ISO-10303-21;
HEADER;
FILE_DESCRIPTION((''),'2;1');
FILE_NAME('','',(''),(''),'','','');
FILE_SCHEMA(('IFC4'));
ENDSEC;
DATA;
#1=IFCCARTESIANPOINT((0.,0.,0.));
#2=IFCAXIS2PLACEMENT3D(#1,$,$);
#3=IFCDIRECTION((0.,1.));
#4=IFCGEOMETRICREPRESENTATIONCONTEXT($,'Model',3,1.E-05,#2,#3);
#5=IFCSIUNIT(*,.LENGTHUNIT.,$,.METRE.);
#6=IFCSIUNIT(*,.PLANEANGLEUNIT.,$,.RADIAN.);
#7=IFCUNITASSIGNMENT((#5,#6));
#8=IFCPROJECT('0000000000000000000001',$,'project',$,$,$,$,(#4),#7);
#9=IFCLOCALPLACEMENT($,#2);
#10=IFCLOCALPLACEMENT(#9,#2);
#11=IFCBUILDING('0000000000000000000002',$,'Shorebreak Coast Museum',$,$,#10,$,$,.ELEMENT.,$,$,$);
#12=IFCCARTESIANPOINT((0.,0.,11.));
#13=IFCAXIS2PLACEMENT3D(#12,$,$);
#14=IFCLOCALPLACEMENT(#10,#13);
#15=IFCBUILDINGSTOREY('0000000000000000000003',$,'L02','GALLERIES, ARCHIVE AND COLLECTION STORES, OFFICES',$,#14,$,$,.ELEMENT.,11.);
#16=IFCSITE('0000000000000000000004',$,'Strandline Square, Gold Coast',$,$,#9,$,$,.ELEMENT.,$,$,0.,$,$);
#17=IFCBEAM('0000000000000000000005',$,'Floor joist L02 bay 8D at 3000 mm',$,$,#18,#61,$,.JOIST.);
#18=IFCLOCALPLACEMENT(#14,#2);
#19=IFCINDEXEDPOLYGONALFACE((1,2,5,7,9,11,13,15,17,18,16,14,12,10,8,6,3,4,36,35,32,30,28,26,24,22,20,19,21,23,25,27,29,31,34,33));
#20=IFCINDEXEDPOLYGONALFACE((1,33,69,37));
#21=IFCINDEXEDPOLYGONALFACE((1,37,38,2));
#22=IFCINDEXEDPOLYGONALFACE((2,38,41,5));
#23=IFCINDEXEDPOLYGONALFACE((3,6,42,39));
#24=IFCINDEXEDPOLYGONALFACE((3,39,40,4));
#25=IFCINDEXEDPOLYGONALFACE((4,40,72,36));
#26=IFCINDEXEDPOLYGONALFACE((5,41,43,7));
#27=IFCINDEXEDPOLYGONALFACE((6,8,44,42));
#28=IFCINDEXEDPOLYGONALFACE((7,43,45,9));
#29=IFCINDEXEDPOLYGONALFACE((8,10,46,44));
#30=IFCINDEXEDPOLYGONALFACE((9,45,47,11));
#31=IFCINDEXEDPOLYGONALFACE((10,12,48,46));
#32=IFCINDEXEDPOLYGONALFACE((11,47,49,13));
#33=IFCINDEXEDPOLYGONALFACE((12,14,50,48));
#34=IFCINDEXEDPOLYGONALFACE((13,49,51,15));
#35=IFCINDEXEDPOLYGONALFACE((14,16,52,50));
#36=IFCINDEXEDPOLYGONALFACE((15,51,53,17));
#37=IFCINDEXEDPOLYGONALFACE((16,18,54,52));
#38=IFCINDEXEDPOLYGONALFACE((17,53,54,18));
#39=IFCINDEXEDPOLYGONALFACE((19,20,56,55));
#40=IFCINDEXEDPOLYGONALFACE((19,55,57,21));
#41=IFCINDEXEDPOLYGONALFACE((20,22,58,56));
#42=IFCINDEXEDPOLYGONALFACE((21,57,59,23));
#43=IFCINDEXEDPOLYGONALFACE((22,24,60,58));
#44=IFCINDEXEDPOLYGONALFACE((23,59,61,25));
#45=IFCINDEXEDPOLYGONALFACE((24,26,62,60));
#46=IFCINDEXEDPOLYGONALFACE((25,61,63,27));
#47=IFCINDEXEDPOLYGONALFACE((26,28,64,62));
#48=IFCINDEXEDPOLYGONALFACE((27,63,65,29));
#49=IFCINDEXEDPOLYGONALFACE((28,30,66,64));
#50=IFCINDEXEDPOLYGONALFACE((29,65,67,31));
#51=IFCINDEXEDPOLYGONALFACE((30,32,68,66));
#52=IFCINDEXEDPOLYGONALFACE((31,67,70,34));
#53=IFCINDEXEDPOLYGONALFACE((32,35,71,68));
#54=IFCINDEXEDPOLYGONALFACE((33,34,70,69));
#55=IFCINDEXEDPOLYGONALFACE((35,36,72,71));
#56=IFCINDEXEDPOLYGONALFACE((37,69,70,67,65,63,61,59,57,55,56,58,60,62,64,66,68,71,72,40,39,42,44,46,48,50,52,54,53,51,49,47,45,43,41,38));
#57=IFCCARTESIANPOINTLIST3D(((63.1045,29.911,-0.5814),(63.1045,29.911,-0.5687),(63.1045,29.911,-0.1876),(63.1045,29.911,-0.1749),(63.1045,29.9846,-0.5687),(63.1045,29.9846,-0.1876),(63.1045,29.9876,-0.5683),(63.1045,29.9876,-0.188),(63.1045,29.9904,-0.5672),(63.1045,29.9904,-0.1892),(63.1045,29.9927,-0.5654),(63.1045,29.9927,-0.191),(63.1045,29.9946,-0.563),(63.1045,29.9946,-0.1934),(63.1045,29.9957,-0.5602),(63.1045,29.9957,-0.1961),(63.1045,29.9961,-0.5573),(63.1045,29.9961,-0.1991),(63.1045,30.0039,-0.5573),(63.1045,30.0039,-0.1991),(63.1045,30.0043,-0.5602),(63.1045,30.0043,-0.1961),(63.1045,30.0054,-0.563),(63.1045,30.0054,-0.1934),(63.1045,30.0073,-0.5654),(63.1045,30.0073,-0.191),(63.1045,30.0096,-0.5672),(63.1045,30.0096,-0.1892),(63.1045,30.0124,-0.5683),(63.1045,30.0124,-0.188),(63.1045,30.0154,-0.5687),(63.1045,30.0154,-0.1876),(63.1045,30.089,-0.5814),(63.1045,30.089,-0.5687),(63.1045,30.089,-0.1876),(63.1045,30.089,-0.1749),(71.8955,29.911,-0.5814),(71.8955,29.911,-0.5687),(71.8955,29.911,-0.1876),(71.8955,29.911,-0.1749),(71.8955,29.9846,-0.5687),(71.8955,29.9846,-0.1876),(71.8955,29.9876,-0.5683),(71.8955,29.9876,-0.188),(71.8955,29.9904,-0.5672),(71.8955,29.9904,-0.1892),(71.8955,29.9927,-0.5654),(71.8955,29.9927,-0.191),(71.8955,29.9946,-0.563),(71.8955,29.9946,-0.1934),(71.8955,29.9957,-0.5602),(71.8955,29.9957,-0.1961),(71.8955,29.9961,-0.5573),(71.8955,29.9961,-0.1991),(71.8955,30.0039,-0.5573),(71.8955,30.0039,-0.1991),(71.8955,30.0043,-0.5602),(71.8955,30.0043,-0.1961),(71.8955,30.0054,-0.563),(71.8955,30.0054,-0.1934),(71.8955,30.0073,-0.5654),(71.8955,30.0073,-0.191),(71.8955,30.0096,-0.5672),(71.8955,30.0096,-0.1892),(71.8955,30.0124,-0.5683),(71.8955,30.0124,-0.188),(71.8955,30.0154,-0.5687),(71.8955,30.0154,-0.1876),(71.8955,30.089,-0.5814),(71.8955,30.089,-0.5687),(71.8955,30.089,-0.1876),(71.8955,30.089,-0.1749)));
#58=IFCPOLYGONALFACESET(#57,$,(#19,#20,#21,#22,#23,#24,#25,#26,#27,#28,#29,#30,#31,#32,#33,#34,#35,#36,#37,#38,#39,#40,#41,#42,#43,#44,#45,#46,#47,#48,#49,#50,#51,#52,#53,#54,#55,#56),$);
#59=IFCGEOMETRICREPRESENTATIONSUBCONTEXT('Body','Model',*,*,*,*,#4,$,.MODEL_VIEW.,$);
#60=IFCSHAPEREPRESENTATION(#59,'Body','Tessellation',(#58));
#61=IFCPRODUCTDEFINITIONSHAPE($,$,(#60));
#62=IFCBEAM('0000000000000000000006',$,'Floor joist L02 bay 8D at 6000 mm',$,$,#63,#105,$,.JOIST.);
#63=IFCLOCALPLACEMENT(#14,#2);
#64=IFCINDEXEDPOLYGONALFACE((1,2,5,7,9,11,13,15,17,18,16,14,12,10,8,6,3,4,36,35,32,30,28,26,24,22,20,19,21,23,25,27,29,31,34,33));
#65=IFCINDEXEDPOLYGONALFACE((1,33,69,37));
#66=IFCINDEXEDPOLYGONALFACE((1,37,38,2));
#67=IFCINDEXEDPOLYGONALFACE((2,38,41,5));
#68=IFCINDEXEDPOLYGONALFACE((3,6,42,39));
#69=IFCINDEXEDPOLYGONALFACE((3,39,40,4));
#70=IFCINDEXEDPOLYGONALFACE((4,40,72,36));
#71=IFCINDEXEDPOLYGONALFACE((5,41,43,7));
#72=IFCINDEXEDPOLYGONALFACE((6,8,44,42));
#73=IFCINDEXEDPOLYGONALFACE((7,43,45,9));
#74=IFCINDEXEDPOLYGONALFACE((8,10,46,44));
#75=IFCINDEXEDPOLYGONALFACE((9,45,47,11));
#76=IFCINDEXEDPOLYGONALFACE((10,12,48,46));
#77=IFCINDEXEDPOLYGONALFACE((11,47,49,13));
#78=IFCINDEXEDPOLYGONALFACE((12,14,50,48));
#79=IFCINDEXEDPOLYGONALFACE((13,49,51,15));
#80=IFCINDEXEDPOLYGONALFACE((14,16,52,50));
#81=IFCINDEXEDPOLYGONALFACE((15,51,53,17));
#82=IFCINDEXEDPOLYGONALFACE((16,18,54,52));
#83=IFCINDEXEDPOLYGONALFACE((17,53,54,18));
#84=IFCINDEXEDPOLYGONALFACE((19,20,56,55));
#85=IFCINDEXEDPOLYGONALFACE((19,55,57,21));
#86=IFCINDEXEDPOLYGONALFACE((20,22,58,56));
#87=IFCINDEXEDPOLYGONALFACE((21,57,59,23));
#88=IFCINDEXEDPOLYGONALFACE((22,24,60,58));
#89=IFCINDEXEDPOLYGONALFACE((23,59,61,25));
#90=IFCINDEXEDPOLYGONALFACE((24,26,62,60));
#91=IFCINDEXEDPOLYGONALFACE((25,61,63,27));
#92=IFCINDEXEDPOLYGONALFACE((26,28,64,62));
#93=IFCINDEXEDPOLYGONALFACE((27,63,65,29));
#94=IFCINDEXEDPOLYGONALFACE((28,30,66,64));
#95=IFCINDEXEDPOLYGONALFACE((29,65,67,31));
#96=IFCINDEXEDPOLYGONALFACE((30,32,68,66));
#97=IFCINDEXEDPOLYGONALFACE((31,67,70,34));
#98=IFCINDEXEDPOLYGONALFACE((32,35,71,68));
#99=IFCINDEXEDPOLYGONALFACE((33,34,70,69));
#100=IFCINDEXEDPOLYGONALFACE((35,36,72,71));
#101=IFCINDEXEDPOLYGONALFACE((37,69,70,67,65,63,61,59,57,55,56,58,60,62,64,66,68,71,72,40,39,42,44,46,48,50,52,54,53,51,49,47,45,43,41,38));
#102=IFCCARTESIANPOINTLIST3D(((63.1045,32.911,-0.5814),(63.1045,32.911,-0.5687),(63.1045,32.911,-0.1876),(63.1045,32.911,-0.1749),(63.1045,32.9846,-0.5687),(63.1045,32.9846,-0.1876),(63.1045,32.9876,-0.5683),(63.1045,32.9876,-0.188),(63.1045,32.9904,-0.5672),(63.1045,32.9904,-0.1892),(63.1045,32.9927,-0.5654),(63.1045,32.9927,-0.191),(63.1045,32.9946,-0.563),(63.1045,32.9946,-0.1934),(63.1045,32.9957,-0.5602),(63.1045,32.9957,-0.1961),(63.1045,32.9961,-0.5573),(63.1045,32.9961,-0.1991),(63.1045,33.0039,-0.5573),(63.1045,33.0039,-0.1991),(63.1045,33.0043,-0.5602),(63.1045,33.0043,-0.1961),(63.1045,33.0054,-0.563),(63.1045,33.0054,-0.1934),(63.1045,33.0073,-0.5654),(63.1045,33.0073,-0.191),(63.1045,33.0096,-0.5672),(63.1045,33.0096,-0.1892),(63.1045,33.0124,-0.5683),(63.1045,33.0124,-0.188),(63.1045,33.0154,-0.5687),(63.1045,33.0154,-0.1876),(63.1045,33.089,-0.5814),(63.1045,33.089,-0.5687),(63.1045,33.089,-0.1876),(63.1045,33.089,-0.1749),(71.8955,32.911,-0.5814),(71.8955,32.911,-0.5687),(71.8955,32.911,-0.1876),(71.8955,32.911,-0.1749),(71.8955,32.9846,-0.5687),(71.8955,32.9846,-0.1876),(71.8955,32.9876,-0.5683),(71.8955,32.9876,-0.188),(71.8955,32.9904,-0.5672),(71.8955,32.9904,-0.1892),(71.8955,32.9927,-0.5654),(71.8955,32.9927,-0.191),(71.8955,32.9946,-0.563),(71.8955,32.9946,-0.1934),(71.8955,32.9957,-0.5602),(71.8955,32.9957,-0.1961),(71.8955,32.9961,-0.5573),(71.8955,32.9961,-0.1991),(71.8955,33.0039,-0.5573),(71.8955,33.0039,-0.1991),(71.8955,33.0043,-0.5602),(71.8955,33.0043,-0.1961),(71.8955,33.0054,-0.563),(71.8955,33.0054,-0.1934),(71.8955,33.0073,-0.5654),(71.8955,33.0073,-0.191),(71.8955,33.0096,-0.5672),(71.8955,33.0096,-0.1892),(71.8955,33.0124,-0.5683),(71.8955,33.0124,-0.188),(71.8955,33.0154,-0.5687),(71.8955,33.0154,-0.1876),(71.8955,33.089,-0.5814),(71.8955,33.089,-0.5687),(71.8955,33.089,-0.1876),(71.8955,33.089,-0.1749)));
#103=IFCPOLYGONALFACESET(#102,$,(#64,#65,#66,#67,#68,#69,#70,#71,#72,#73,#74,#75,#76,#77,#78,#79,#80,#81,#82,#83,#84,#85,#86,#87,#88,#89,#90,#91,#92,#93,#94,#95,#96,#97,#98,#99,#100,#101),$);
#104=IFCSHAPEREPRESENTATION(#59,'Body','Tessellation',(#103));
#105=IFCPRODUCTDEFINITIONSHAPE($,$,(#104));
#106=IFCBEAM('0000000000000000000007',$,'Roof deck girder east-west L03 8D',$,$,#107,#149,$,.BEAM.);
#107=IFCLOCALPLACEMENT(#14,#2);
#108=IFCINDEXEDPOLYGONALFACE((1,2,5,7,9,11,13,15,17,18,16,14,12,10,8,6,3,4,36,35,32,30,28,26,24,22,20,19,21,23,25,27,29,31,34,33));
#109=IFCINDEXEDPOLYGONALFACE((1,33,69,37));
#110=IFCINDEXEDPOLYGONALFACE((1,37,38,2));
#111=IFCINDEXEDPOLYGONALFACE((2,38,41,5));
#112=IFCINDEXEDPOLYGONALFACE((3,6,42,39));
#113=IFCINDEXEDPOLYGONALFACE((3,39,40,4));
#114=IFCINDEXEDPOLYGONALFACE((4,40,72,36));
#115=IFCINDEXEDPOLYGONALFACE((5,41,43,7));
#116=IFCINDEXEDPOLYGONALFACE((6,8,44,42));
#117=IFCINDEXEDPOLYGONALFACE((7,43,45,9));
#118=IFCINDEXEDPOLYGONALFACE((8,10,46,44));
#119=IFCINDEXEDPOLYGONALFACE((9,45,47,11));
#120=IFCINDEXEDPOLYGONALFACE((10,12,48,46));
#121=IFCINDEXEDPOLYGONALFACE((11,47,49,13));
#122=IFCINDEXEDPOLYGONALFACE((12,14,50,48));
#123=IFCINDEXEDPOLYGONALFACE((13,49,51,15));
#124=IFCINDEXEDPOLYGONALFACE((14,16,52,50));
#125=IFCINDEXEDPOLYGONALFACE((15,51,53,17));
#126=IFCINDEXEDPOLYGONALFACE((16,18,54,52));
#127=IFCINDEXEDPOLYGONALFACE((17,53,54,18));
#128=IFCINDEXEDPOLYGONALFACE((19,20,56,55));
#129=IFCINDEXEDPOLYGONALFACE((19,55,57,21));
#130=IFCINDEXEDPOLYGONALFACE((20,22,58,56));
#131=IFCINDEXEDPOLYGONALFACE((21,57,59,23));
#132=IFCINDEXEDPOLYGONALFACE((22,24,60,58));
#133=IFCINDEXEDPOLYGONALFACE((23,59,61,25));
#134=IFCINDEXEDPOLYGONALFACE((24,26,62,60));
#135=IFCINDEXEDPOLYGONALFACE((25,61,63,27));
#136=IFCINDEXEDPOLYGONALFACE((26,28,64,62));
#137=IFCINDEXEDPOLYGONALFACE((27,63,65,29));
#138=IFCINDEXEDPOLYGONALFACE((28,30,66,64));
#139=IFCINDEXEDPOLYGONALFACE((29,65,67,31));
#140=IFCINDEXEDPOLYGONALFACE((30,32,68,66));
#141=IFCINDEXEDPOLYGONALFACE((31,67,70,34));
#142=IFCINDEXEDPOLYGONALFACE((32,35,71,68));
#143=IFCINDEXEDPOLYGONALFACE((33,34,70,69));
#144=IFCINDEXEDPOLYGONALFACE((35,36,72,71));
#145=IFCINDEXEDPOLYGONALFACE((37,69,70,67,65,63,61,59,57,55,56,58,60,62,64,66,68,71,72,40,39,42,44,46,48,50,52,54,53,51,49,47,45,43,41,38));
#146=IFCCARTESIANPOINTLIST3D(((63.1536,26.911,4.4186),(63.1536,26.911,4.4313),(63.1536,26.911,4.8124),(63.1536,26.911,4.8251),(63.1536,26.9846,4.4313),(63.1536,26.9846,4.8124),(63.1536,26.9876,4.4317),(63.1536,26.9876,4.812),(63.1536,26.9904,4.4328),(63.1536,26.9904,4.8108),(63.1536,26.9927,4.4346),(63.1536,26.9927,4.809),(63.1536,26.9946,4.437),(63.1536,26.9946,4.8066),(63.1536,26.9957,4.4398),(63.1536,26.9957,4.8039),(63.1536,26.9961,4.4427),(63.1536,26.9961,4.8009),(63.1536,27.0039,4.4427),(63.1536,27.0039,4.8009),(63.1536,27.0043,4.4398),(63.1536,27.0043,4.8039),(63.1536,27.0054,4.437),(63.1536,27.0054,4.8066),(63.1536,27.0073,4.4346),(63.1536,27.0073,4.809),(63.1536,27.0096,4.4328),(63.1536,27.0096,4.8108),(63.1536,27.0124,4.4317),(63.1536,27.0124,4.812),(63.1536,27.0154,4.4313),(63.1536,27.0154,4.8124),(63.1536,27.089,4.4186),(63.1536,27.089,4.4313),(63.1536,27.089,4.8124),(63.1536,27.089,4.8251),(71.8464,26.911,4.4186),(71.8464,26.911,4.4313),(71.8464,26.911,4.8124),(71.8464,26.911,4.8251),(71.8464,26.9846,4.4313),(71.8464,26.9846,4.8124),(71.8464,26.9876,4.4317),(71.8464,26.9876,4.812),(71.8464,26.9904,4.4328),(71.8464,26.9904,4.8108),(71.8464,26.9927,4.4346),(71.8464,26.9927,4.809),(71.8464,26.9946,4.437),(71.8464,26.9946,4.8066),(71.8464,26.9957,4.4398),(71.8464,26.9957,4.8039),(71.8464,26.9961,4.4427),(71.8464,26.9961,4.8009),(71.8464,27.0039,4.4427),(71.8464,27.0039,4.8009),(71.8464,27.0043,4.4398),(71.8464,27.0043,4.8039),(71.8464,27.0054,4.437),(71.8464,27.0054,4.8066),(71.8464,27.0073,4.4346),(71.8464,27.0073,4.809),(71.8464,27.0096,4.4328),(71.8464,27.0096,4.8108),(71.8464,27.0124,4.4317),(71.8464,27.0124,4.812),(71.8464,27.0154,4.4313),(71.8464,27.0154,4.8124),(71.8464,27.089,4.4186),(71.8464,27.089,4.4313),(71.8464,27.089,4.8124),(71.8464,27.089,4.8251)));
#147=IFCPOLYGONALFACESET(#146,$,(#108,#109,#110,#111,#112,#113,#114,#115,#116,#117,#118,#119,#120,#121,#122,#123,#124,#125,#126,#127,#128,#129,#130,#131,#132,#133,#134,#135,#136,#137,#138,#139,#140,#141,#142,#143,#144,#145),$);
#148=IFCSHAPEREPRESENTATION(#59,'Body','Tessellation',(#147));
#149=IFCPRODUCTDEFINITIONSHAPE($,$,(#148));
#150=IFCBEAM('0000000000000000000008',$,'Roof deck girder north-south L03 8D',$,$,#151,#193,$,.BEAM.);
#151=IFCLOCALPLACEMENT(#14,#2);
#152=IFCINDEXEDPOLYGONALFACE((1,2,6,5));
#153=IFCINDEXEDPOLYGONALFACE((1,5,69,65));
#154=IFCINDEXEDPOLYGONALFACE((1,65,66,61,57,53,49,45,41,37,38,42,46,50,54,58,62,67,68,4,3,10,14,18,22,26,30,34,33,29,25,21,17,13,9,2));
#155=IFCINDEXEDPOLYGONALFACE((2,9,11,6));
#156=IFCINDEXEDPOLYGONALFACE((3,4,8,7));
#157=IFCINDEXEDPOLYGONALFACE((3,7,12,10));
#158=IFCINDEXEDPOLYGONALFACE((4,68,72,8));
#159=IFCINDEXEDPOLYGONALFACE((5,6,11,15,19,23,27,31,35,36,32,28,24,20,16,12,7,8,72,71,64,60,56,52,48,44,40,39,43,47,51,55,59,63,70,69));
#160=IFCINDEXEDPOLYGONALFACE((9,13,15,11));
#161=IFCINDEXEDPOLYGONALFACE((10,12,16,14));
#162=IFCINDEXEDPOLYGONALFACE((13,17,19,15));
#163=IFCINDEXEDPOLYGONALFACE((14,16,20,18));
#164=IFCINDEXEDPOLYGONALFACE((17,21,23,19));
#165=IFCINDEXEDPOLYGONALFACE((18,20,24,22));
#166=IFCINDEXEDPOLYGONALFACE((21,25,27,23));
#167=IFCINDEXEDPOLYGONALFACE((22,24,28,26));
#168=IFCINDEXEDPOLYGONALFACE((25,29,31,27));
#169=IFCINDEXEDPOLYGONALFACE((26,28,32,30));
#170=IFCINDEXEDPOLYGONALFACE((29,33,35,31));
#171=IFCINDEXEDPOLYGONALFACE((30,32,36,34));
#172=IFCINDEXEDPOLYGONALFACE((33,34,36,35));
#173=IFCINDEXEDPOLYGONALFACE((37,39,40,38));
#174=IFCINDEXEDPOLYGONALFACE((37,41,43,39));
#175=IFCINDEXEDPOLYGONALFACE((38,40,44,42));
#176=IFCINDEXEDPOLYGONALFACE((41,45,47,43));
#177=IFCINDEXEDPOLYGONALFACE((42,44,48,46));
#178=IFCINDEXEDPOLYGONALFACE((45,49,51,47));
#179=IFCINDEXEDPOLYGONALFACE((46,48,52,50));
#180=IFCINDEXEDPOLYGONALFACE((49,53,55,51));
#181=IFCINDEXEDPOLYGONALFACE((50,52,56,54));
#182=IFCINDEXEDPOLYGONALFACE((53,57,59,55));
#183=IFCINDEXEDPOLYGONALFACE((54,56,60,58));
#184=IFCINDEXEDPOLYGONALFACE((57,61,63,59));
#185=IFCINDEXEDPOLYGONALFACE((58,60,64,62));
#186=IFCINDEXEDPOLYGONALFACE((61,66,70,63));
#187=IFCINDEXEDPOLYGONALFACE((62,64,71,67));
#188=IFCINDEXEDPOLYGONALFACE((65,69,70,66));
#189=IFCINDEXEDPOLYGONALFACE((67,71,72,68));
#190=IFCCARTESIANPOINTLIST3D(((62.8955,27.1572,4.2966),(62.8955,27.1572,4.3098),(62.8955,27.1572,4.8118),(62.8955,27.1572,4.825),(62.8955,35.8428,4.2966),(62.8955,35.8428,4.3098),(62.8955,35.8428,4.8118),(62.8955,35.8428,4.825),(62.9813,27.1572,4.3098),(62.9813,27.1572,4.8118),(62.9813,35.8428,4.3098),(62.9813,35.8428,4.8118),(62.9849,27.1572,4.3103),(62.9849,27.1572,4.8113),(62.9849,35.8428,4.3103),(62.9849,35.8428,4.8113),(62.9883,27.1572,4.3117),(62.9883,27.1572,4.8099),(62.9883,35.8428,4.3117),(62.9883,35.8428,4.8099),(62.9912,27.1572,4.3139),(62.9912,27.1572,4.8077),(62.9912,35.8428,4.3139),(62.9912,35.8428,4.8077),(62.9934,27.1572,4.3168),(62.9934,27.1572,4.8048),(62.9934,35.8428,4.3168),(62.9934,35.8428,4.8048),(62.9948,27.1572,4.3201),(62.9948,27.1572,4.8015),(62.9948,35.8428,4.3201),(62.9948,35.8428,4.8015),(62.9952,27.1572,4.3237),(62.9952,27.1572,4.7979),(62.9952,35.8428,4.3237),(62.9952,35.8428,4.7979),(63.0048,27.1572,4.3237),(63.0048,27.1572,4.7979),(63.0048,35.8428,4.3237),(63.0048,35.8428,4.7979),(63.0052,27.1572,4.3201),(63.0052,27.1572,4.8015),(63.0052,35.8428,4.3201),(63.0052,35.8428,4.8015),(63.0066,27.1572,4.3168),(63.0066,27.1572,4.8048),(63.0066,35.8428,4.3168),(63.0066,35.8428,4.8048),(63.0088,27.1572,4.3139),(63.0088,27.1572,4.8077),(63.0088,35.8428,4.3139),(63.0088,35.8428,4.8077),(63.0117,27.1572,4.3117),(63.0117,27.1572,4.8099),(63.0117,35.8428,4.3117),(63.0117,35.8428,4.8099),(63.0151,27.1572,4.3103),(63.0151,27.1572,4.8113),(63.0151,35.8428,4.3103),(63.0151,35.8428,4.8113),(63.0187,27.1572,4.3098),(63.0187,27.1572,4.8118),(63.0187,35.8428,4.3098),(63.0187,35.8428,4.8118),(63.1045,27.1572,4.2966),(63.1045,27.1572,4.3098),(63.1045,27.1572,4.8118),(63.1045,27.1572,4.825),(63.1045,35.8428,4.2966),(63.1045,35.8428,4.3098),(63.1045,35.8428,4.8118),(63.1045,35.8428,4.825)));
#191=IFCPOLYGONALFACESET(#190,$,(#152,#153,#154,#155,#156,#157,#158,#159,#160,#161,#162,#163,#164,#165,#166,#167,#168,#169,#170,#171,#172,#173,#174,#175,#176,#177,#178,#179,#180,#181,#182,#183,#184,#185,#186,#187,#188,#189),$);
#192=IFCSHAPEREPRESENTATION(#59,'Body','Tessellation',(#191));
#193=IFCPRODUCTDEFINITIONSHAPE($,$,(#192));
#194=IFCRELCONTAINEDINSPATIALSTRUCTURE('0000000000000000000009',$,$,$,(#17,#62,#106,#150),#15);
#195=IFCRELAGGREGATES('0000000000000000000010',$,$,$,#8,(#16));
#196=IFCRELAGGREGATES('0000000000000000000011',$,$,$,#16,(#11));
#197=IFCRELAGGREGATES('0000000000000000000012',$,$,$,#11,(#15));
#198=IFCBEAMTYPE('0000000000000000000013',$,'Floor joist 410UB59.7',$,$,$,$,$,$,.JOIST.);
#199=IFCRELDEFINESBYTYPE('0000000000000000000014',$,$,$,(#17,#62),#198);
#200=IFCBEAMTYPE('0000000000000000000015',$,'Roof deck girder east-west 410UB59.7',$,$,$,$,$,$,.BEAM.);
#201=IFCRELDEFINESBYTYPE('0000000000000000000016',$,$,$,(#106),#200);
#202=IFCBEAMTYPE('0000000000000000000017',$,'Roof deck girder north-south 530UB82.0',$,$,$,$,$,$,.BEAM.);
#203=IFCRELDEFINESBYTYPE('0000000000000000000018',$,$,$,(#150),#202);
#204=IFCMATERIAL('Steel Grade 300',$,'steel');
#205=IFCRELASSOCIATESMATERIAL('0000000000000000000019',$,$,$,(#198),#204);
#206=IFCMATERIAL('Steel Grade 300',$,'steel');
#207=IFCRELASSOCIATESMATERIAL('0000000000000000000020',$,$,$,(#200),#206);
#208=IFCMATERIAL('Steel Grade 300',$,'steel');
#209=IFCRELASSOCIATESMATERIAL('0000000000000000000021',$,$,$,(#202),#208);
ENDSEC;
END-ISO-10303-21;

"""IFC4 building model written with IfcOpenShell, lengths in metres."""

from ifc_helpers import new_model, si_unit, direction, frame, origin, origin_2d, place, context, subcontext, project, spatial, i_section, extrude, material, material_profile, profile_set, type_object, element, save


model = new_model("IFC4")

# Units and contexts
model_context = context("Model", 3, precision=1e-05, world=origin(), true_north=direction((0.0, 1.0)))
body_context = subcontext(model_context, "Body", "Model", "MODEL_VIEW")
ifc_project = project(units=[si_unit("LENGTHUNIT", "METRE"), si_unit("PLANEANGLEUNIT", "RADIAN")], contexts=[model_context])

# Site, building, storey
site_placement = place(None, origin())
site = spatial("IfcSite", under=ifc_project, at=site_placement, Name="Strandline Square, Gold Coast", CompositionType="ELEMENT", RefElevation=0.0)
building_placement = place(site_placement, origin())
building = spatial("IfcBuilding", under=site, at=building_placement, Name="Shorebreak Coast Museum", CompositionType="ELEMENT")
storey_placement = place(building_placement, frame((0.0, 0.0, 11.0)))
storey = spatial("IfcBuildingStorey", under=building, at=storey_placement, Name="L02", Description="GALLERIES, ARCHIVE AND COLLECTION STORES, OFFICES", CompositionType="ELEMENT", Elevation=11.0)

# Beams
ifc_material_1 = material(Name="Steel Grade 300", Category="steel")
ifc_material_profile_1 = material_profile(ifc_material_1, i_section(OverallWidth=0.178, OverallDepth=0.4065, WebThickness=0.0078, FlangeThickness=0.0127, FilletRadius=0.0115, at=origin_2d()), Name="410UB59.7")
ifc_profile_set_1 = profile_set([ifc_material_profile_1], Name="Steel Grade 300")
beam_type_1 = type_object("IfcBeamType", Name="Floor joist 410UB59.7", PredefinedType="JOIST", material=ifc_profile_set_1)
for number, where, z_axis, x_axis, name in (
    (1, (63.1045, 30.0, -0.3782), (1.0, 0.0, 0.0), (0.0, 1.0, 0.0), "Floor joist L02 bay 8D at 3000 mm"),
    (2, (63.1045, 33.0, -0.3782), (1.0, 0.0, 0.0), (0.0, 1.0, 0.0), "Floor joist L02 bay 8D at 6000 mm"),
):
    element("IfcBeam", number, at=place(storey_placement, frame(where, z_axis=z_axis, x_axis=x_axis)), inside=storey, type_object=beam_type_1, Name=name, PredefinedType="JOIST", context=body_context, shape_type="SweptSolid", body=[
        extrude(i_section(OverallWidth=0.178, OverallDepth=0.4065, WebThickness=0.0078, FlangeThickness=0.0127, FilletRadius=0.0115, at=origin_2d()), origin(), (0.0, 0.0, 1.0), 8.791),
    ])
ifc_material_2 = material(Name="Steel Grade 300", Category="steel")
ifc_material_profile_2 = material_profile(ifc_material_2, i_section(OverallWidth=0.178, OverallDepth=0.4065, WebThickness=0.0078, FlangeThickness=0.0127, FilletRadius=0.0115, at=origin_2d()), Name="410UB59.7")
ifc_profile_set_2 = profile_set([ifc_material_profile_2], Name="Steel Grade 300")
beam_type_2 = type_object("IfcBeamType", Name="Roof deck girder east-west 410UB59.7", PredefinedType="BEAM", material=ifc_profile_set_2)
beam_1_placement = place(storey_placement, frame((63.1536, 27.0, 4.6218), z_axis=(1.0, 0.0, 0.0), x_axis=(0.0, 1.0, 0.0)))
element("IfcBeam", 3, at=beam_1_placement, inside=storey, type_object=beam_type_2, Name="Roof deck girder east-west L03 8D", PredefinedType="BEAM", context=body_context, shape_type="SweptSolid", body=[
    extrude(i_section(OverallWidth=0.178, OverallDepth=0.4065, WebThickness=0.0078, FlangeThickness=0.0127, FilletRadius=0.0115, at=origin_2d()), origin(), (0.0, 0.0, 1.0), 8.6929),
])
ifc_material_3 = material(Name="Steel Grade 300", Category="steel")
ifc_material_profile_3 = material_profile(ifc_material_3, i_section(OverallWidth=0.209, OverallDepth=0.5283, WebThickness=0.0095, FlangeThickness=0.0132, FilletRadius=0.0139, at=origin_2d()), Name="530UB82.0")
ifc_profile_set_3 = profile_set([ifc_material_profile_3], Name="Steel Grade 300")
beam_type_3 = type_object("IfcBeamType", Name="Roof deck girder north-south 530UB82.0", PredefinedType="BEAM", material=ifc_profile_set_3)
beam_2_placement = place(storey_placement, frame((63.0, 27.1572, 4.5608), z_axis=(0.0, 1.0, 0.0), x_axis=(-1.0, 0.0, 0.0)))
element("IfcBeam", 4, at=beam_2_placement, inside=storey, type_object=beam_type_3, Name="Roof deck girder north-south L03 8D", PredefinedType="BEAM", context=body_context, shape_type="SweptSolid", body=[
    extrude(i_section(OverallWidth=0.209, OverallDepth=0.5283, WebThickness=0.0095, FlangeThickness=0.0132, FilletRadius=0.0139, at=origin_2d()), origin(), (0.0, 0.0, 1.0), 8.6855),
])

save(model, "model.ifc")
